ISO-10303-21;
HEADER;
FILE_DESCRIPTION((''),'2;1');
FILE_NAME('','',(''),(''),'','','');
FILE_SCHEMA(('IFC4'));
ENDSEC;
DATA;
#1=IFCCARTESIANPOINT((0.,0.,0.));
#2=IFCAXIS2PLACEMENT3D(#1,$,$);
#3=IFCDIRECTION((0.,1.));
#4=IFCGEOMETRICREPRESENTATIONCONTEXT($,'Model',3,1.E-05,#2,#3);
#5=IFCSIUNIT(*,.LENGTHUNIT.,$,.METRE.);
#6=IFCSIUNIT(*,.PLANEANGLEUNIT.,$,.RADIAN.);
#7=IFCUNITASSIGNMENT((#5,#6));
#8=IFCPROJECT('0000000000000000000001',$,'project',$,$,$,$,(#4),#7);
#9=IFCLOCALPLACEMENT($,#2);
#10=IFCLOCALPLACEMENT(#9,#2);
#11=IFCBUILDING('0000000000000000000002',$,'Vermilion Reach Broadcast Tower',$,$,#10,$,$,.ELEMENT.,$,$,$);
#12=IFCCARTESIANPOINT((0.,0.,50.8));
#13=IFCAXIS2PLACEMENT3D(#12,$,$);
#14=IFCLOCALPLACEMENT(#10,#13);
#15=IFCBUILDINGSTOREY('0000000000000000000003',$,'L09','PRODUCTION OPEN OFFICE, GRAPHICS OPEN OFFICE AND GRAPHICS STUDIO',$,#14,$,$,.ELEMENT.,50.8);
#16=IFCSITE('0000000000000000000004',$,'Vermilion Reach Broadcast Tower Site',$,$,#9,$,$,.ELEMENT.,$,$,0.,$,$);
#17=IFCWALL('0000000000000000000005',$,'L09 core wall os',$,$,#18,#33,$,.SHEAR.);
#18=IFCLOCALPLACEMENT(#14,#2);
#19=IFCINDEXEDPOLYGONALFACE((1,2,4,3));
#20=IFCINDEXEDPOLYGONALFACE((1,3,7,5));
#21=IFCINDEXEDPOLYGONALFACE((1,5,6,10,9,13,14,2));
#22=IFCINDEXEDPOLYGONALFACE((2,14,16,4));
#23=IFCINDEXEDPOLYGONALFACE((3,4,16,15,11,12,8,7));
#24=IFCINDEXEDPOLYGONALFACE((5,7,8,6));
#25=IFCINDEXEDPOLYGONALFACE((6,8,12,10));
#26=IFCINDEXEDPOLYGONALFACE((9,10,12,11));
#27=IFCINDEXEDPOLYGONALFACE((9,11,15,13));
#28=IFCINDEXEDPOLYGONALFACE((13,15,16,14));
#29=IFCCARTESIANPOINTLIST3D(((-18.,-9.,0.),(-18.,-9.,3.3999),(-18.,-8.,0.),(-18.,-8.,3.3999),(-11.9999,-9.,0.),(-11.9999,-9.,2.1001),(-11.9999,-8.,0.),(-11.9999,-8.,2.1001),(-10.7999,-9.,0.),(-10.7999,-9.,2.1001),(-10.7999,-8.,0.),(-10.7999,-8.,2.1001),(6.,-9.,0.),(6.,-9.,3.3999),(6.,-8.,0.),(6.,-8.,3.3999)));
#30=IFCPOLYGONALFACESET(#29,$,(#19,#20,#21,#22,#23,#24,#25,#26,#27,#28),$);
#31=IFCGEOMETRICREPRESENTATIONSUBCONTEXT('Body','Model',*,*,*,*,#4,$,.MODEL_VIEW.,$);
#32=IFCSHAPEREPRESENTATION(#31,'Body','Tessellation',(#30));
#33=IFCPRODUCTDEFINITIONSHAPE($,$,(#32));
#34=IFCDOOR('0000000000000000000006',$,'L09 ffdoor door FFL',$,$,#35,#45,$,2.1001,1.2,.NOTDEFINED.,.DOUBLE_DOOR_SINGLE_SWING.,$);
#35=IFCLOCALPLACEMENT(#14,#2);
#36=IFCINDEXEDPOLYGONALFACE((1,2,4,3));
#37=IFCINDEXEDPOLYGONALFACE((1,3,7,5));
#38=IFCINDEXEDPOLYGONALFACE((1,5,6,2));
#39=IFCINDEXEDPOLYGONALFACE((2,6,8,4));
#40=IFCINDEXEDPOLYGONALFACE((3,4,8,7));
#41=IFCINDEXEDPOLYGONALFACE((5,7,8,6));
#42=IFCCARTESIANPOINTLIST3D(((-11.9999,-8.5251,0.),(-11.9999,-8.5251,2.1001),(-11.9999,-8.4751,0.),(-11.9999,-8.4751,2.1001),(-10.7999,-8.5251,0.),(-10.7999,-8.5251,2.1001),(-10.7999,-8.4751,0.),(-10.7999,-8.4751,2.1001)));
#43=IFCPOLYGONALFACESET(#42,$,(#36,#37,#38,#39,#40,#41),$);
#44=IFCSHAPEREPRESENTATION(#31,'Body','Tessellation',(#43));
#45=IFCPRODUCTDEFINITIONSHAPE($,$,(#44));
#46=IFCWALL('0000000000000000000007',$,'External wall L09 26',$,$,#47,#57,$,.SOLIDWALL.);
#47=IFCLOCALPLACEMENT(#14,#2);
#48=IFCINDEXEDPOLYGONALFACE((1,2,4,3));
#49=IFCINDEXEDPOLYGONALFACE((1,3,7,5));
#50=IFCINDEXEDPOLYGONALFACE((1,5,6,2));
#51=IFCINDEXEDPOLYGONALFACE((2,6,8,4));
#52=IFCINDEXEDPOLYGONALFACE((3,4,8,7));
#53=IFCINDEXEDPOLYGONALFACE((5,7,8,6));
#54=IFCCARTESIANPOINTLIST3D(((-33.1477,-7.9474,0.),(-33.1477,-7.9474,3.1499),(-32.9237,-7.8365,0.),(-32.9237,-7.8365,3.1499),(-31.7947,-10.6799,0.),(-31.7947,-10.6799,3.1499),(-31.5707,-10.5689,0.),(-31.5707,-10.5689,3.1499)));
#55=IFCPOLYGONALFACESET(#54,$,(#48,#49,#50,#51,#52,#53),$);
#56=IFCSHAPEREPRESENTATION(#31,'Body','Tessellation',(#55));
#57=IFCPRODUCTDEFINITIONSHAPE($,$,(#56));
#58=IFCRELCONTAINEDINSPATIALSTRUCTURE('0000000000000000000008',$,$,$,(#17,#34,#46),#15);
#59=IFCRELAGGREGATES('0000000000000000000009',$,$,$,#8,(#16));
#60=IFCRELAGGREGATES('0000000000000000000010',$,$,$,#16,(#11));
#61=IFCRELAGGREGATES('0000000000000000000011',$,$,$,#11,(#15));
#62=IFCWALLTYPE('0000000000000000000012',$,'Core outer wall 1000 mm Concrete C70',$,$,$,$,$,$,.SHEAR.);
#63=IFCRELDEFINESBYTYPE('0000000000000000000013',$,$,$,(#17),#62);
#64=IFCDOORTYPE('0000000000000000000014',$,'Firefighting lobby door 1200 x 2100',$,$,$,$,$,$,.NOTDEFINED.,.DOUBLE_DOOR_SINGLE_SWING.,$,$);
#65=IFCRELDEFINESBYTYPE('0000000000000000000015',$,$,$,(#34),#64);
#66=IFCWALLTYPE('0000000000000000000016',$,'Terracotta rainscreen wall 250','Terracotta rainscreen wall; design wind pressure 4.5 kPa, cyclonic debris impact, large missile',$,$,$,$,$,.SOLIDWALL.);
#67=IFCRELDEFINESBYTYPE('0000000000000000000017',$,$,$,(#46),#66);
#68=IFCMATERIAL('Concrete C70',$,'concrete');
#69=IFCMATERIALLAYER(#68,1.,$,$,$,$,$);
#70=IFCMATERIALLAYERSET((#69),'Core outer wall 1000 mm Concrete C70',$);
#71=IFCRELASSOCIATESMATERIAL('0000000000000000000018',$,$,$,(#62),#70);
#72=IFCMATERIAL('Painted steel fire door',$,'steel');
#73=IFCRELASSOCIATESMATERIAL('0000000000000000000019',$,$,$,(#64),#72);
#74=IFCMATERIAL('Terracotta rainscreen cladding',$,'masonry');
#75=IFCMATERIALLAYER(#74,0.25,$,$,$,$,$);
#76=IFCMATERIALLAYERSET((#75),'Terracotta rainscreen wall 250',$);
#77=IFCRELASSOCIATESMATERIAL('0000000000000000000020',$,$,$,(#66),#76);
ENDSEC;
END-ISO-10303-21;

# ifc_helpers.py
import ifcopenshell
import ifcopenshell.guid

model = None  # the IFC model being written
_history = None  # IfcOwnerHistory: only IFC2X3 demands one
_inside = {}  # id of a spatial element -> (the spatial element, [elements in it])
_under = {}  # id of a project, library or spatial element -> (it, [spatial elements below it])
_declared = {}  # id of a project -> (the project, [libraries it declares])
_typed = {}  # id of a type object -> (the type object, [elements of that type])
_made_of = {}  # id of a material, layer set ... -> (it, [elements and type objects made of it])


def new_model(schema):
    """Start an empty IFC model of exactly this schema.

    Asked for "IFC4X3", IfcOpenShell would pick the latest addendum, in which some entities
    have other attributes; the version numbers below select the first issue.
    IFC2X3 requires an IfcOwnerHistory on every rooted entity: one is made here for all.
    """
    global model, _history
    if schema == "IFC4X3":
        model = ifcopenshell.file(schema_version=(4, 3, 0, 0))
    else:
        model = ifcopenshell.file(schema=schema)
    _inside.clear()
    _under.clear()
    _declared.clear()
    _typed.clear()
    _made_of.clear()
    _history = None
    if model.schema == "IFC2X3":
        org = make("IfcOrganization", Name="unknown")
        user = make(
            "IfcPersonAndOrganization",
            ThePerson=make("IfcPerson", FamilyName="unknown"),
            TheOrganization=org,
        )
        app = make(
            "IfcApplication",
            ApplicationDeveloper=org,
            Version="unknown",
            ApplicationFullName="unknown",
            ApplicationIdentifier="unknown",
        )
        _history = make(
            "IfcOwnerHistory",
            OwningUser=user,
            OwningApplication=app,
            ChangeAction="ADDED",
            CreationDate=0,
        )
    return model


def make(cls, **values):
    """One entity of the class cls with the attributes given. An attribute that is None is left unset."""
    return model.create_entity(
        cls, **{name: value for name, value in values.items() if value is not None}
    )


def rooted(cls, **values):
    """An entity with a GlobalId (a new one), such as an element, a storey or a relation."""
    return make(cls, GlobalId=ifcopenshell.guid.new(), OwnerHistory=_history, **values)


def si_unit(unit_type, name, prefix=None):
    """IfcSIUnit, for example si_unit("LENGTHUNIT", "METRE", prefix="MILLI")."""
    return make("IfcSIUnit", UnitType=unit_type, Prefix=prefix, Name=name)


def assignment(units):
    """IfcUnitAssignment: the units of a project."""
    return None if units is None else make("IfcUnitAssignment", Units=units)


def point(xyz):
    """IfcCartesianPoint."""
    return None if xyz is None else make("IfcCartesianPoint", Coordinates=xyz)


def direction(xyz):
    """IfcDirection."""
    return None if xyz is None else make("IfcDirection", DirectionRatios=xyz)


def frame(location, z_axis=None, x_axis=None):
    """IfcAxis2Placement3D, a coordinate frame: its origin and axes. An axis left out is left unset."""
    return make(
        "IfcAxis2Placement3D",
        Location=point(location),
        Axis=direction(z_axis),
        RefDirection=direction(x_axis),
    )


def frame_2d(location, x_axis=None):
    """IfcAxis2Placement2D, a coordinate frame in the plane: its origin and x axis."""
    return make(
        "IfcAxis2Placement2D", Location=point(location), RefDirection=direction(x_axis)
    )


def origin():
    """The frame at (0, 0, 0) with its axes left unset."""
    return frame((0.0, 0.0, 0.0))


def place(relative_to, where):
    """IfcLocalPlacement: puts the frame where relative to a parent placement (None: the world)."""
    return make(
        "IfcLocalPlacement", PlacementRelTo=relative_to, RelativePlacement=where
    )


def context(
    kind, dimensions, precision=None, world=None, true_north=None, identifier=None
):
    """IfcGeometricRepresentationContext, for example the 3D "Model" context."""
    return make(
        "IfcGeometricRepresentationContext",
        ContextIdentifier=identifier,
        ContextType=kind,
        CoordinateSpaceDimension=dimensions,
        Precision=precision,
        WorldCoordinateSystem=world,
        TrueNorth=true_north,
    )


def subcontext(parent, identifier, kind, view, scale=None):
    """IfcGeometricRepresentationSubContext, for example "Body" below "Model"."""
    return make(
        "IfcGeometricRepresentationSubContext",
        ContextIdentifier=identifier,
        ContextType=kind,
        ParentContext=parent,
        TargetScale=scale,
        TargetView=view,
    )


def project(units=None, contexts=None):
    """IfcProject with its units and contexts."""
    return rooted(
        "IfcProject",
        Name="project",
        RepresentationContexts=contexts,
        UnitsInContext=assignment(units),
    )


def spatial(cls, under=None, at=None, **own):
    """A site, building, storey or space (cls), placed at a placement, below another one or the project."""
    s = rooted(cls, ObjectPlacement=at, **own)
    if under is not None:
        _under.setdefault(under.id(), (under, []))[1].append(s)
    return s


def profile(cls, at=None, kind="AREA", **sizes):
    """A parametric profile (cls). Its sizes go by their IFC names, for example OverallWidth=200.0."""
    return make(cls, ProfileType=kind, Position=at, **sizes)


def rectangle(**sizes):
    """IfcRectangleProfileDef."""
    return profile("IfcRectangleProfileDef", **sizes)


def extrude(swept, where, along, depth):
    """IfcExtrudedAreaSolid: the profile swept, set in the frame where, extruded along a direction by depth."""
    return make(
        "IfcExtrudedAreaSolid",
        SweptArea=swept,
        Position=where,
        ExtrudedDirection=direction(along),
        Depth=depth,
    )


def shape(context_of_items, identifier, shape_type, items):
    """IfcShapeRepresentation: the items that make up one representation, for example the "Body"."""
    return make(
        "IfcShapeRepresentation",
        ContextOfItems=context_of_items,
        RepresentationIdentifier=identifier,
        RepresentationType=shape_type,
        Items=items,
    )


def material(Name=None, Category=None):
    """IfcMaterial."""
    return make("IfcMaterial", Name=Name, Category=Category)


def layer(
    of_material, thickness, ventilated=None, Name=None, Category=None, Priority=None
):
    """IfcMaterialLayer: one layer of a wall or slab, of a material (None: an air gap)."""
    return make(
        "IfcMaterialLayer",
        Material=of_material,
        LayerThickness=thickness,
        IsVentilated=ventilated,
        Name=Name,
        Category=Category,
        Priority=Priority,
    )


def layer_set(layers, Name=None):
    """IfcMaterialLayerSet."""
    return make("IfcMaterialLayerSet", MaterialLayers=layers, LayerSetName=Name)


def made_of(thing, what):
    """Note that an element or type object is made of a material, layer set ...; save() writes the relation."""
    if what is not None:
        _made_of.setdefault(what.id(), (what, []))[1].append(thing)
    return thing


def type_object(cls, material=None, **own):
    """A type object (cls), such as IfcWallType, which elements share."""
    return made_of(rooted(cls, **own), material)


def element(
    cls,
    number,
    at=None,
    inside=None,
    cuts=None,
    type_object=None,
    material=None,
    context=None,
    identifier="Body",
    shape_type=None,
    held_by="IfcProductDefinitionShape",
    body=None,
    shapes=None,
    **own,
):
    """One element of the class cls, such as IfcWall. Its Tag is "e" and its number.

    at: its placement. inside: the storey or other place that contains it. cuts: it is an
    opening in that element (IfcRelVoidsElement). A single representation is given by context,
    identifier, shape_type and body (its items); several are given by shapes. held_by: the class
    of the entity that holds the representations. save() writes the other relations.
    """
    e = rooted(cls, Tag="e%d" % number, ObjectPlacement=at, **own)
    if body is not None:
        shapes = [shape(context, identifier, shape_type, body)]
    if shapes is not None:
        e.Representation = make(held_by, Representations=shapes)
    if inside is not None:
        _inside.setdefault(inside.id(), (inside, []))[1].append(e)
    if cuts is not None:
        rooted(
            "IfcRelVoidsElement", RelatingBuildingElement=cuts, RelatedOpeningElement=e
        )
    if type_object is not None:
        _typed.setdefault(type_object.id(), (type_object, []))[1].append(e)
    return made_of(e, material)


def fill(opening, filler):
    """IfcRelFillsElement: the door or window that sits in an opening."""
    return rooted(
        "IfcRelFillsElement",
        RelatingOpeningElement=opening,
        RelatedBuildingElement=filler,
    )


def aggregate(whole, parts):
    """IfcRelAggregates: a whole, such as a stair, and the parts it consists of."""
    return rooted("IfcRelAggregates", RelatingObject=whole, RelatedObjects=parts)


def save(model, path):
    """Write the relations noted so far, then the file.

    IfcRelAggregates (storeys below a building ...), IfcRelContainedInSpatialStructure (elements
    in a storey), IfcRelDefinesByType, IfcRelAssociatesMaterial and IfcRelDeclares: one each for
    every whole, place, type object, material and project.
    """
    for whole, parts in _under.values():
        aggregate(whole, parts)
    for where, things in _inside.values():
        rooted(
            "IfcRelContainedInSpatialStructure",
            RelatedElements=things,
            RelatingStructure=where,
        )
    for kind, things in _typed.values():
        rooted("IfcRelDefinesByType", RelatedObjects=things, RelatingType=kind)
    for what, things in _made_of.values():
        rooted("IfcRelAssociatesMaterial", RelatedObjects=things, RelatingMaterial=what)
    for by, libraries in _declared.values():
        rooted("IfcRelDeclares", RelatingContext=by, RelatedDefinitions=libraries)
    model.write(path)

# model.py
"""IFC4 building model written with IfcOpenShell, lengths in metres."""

from ifc_helpers import new_model, si_unit, direction, frame, frame_2d, origin, place, context, subcontext, project, spatial, rectangle, extrude, material, layer, layer_set, type_object, element, fill, save


model = new_model("IFC4")

# Units and contexts
model_context = context("Model", 3, precision=1e-05, world=origin(), true_north=direction((0.0, 1.0)))
body_context = subcontext(model_context, "Body", "Model", "MODEL_VIEW")
ifc_project = project(units=[si_unit("LENGTHUNIT", "METRE"), si_unit("PLANEANGLEUNIT", "RADIAN")], contexts=[model_context])

# Site, building, storey
site_placement = place(None, origin())
site = spatial("IfcSite", under=ifc_project, at=site_placement, Name="Vermilion Reach Broadcast Tower Site", CompositionType="ELEMENT", RefElevation=0.0)
building_placement = place(site_placement, origin())
building = spatial("IfcBuilding", under=site, at=building_placement, Name="Vermilion Reach Broadcast Tower", CompositionType="ELEMENT")
storey_placement = place(building_placement, frame((0.0, 0.0, 50.8)))
storey = spatial("IfcBuildingStorey", under=building, at=storey_placement, Name="L09", Description="PRODUCTION OPEN OFFICE, GRAPHICS OPEN OFFICE AND GRAPHICS STUDIO", CompositionType="ELEMENT", Elevation=50.8)

# Wall, opening, door
ifc_material_1 = material(Name="Concrete C70", Category="concrete")
ifc_layer_1 = layer(ifc_material_1, 1.0)
ifc_layer_set_1 = layer_set([ifc_layer_1], Name="Core outer wall 1000 mm Concrete C70")
wall_type_1 = type_object("IfcWallType", Name="Core outer wall 1000 mm Concrete C70", PredefinedType="SHEAR", material=ifc_layer_set_1)
wall_1_placement = place(storey_placement, frame((-18.0, -8.5, 0.0), z_axis=(0.0, 0.0, 1.0), x_axis=(1.0, 0.0, 0.0)))
wall_1 = element("IfcWall", 1, at=wall_1_placement, inside=storey, type_object=wall_type_1, Name="L09 core wall os", PredefinedType="SHEAR", context=body_context, shape_type="SweptSolid", body=[
    extrude(rectangle(XDim=24.0, YDim=1.0, at=frame_2d((12.0, 0.0))), origin(), (0.0, 0.0, 1.0), 3.3999),
])
opening_placement = place(wall_1_placement, frame((6.0, 0.0, 0.0)))
opening = element("IfcOpeningElement", 2, at=opening_placement, cuts=wall_1, PredefinedType="OPENING", context=body_context, shape_type="SweptSolid", body=[
    extrude(rectangle(XDim=1.2, YDim=2.1001, at=frame_2d((0.6001, 1.05))), frame((0.0, 0.51, 0.0), z_axis=(0.0, -1.0, 0.0), x_axis=(1.0, 0.0, 0.0)), (0.0, 0.0, 1.0), 1.02),
])
ifc_material_2 = material(Name="Painted steel fire door", Category="steel")
door_type = type_object("IfcDoorType", Name="Firefighting lobby door 1200 x 2100", OperationType="DOUBLE_DOOR_SINGLE_SWING", PredefinedType="NOTDEFINED", material=ifc_material_2)
door_placement = place(opening_placement, origin())
door = element("IfcDoor", 3, at=door_placement, inside=storey, type_object=door_type, Name="L09 ffdoor door FFL", OperationType="DOUBLE_DOOR_SINGLE_SWING", OverallHeight=2.1001, OverallWidth=1.2, PredefinedType="NOTDEFINED", context=body_context, shape_type="SweptSolid", body=[
    extrude(rectangle(XDim=1.2, YDim=2.1001, at=frame_2d((0.6001, 1.05))), frame((0.0, 0.0249, 0.0), z_axis=(0.0, -1.0, 0.0), x_axis=(1.0, 0.0, 0.0)), (0.0, 0.0, 1.0), 0.05),
])
fill(opening, door)

# Wall
ifc_material_3 = material(Name="Terracotta rainscreen cladding", Category="masonry")
ifc_layer_2 = layer(ifc_material_3, 0.25)
ifc_layer_set_2 = layer_set([ifc_layer_2], Name="Terracotta rainscreen wall 250")
wall_type_2 = type_object("IfcWallType", Name="Terracotta rainscreen wall 250", Description="Terracotta rainscreen wall; design wind pressure 4.5 kPa, cyclonic debris impact, large missile", PredefinedType="SOLIDWALL", material=ifc_layer_set_2)
wall_2_placement = place(storey_placement, frame((-33.0356, -7.8921, 0.0), z_axis=(0.0, 0.0, 1.0), x_axis=(0.443751, -0.89615, 0.0)))
element("IfcWall", 4, at=wall_2_placement, inside=storey, type_object=wall_type_2, Name="External wall L09 26", PredefinedType="SOLIDWALL", context=body_context, shape_type="SweptSolid", body=[
    extrude(rectangle(XDim=3.0491, YDim=0.25, at=frame_2d((1.5244, 0.0))), origin(), (0.0, 0.0, 1.0), 3.1499),
])

save(model, "model.ifc")
